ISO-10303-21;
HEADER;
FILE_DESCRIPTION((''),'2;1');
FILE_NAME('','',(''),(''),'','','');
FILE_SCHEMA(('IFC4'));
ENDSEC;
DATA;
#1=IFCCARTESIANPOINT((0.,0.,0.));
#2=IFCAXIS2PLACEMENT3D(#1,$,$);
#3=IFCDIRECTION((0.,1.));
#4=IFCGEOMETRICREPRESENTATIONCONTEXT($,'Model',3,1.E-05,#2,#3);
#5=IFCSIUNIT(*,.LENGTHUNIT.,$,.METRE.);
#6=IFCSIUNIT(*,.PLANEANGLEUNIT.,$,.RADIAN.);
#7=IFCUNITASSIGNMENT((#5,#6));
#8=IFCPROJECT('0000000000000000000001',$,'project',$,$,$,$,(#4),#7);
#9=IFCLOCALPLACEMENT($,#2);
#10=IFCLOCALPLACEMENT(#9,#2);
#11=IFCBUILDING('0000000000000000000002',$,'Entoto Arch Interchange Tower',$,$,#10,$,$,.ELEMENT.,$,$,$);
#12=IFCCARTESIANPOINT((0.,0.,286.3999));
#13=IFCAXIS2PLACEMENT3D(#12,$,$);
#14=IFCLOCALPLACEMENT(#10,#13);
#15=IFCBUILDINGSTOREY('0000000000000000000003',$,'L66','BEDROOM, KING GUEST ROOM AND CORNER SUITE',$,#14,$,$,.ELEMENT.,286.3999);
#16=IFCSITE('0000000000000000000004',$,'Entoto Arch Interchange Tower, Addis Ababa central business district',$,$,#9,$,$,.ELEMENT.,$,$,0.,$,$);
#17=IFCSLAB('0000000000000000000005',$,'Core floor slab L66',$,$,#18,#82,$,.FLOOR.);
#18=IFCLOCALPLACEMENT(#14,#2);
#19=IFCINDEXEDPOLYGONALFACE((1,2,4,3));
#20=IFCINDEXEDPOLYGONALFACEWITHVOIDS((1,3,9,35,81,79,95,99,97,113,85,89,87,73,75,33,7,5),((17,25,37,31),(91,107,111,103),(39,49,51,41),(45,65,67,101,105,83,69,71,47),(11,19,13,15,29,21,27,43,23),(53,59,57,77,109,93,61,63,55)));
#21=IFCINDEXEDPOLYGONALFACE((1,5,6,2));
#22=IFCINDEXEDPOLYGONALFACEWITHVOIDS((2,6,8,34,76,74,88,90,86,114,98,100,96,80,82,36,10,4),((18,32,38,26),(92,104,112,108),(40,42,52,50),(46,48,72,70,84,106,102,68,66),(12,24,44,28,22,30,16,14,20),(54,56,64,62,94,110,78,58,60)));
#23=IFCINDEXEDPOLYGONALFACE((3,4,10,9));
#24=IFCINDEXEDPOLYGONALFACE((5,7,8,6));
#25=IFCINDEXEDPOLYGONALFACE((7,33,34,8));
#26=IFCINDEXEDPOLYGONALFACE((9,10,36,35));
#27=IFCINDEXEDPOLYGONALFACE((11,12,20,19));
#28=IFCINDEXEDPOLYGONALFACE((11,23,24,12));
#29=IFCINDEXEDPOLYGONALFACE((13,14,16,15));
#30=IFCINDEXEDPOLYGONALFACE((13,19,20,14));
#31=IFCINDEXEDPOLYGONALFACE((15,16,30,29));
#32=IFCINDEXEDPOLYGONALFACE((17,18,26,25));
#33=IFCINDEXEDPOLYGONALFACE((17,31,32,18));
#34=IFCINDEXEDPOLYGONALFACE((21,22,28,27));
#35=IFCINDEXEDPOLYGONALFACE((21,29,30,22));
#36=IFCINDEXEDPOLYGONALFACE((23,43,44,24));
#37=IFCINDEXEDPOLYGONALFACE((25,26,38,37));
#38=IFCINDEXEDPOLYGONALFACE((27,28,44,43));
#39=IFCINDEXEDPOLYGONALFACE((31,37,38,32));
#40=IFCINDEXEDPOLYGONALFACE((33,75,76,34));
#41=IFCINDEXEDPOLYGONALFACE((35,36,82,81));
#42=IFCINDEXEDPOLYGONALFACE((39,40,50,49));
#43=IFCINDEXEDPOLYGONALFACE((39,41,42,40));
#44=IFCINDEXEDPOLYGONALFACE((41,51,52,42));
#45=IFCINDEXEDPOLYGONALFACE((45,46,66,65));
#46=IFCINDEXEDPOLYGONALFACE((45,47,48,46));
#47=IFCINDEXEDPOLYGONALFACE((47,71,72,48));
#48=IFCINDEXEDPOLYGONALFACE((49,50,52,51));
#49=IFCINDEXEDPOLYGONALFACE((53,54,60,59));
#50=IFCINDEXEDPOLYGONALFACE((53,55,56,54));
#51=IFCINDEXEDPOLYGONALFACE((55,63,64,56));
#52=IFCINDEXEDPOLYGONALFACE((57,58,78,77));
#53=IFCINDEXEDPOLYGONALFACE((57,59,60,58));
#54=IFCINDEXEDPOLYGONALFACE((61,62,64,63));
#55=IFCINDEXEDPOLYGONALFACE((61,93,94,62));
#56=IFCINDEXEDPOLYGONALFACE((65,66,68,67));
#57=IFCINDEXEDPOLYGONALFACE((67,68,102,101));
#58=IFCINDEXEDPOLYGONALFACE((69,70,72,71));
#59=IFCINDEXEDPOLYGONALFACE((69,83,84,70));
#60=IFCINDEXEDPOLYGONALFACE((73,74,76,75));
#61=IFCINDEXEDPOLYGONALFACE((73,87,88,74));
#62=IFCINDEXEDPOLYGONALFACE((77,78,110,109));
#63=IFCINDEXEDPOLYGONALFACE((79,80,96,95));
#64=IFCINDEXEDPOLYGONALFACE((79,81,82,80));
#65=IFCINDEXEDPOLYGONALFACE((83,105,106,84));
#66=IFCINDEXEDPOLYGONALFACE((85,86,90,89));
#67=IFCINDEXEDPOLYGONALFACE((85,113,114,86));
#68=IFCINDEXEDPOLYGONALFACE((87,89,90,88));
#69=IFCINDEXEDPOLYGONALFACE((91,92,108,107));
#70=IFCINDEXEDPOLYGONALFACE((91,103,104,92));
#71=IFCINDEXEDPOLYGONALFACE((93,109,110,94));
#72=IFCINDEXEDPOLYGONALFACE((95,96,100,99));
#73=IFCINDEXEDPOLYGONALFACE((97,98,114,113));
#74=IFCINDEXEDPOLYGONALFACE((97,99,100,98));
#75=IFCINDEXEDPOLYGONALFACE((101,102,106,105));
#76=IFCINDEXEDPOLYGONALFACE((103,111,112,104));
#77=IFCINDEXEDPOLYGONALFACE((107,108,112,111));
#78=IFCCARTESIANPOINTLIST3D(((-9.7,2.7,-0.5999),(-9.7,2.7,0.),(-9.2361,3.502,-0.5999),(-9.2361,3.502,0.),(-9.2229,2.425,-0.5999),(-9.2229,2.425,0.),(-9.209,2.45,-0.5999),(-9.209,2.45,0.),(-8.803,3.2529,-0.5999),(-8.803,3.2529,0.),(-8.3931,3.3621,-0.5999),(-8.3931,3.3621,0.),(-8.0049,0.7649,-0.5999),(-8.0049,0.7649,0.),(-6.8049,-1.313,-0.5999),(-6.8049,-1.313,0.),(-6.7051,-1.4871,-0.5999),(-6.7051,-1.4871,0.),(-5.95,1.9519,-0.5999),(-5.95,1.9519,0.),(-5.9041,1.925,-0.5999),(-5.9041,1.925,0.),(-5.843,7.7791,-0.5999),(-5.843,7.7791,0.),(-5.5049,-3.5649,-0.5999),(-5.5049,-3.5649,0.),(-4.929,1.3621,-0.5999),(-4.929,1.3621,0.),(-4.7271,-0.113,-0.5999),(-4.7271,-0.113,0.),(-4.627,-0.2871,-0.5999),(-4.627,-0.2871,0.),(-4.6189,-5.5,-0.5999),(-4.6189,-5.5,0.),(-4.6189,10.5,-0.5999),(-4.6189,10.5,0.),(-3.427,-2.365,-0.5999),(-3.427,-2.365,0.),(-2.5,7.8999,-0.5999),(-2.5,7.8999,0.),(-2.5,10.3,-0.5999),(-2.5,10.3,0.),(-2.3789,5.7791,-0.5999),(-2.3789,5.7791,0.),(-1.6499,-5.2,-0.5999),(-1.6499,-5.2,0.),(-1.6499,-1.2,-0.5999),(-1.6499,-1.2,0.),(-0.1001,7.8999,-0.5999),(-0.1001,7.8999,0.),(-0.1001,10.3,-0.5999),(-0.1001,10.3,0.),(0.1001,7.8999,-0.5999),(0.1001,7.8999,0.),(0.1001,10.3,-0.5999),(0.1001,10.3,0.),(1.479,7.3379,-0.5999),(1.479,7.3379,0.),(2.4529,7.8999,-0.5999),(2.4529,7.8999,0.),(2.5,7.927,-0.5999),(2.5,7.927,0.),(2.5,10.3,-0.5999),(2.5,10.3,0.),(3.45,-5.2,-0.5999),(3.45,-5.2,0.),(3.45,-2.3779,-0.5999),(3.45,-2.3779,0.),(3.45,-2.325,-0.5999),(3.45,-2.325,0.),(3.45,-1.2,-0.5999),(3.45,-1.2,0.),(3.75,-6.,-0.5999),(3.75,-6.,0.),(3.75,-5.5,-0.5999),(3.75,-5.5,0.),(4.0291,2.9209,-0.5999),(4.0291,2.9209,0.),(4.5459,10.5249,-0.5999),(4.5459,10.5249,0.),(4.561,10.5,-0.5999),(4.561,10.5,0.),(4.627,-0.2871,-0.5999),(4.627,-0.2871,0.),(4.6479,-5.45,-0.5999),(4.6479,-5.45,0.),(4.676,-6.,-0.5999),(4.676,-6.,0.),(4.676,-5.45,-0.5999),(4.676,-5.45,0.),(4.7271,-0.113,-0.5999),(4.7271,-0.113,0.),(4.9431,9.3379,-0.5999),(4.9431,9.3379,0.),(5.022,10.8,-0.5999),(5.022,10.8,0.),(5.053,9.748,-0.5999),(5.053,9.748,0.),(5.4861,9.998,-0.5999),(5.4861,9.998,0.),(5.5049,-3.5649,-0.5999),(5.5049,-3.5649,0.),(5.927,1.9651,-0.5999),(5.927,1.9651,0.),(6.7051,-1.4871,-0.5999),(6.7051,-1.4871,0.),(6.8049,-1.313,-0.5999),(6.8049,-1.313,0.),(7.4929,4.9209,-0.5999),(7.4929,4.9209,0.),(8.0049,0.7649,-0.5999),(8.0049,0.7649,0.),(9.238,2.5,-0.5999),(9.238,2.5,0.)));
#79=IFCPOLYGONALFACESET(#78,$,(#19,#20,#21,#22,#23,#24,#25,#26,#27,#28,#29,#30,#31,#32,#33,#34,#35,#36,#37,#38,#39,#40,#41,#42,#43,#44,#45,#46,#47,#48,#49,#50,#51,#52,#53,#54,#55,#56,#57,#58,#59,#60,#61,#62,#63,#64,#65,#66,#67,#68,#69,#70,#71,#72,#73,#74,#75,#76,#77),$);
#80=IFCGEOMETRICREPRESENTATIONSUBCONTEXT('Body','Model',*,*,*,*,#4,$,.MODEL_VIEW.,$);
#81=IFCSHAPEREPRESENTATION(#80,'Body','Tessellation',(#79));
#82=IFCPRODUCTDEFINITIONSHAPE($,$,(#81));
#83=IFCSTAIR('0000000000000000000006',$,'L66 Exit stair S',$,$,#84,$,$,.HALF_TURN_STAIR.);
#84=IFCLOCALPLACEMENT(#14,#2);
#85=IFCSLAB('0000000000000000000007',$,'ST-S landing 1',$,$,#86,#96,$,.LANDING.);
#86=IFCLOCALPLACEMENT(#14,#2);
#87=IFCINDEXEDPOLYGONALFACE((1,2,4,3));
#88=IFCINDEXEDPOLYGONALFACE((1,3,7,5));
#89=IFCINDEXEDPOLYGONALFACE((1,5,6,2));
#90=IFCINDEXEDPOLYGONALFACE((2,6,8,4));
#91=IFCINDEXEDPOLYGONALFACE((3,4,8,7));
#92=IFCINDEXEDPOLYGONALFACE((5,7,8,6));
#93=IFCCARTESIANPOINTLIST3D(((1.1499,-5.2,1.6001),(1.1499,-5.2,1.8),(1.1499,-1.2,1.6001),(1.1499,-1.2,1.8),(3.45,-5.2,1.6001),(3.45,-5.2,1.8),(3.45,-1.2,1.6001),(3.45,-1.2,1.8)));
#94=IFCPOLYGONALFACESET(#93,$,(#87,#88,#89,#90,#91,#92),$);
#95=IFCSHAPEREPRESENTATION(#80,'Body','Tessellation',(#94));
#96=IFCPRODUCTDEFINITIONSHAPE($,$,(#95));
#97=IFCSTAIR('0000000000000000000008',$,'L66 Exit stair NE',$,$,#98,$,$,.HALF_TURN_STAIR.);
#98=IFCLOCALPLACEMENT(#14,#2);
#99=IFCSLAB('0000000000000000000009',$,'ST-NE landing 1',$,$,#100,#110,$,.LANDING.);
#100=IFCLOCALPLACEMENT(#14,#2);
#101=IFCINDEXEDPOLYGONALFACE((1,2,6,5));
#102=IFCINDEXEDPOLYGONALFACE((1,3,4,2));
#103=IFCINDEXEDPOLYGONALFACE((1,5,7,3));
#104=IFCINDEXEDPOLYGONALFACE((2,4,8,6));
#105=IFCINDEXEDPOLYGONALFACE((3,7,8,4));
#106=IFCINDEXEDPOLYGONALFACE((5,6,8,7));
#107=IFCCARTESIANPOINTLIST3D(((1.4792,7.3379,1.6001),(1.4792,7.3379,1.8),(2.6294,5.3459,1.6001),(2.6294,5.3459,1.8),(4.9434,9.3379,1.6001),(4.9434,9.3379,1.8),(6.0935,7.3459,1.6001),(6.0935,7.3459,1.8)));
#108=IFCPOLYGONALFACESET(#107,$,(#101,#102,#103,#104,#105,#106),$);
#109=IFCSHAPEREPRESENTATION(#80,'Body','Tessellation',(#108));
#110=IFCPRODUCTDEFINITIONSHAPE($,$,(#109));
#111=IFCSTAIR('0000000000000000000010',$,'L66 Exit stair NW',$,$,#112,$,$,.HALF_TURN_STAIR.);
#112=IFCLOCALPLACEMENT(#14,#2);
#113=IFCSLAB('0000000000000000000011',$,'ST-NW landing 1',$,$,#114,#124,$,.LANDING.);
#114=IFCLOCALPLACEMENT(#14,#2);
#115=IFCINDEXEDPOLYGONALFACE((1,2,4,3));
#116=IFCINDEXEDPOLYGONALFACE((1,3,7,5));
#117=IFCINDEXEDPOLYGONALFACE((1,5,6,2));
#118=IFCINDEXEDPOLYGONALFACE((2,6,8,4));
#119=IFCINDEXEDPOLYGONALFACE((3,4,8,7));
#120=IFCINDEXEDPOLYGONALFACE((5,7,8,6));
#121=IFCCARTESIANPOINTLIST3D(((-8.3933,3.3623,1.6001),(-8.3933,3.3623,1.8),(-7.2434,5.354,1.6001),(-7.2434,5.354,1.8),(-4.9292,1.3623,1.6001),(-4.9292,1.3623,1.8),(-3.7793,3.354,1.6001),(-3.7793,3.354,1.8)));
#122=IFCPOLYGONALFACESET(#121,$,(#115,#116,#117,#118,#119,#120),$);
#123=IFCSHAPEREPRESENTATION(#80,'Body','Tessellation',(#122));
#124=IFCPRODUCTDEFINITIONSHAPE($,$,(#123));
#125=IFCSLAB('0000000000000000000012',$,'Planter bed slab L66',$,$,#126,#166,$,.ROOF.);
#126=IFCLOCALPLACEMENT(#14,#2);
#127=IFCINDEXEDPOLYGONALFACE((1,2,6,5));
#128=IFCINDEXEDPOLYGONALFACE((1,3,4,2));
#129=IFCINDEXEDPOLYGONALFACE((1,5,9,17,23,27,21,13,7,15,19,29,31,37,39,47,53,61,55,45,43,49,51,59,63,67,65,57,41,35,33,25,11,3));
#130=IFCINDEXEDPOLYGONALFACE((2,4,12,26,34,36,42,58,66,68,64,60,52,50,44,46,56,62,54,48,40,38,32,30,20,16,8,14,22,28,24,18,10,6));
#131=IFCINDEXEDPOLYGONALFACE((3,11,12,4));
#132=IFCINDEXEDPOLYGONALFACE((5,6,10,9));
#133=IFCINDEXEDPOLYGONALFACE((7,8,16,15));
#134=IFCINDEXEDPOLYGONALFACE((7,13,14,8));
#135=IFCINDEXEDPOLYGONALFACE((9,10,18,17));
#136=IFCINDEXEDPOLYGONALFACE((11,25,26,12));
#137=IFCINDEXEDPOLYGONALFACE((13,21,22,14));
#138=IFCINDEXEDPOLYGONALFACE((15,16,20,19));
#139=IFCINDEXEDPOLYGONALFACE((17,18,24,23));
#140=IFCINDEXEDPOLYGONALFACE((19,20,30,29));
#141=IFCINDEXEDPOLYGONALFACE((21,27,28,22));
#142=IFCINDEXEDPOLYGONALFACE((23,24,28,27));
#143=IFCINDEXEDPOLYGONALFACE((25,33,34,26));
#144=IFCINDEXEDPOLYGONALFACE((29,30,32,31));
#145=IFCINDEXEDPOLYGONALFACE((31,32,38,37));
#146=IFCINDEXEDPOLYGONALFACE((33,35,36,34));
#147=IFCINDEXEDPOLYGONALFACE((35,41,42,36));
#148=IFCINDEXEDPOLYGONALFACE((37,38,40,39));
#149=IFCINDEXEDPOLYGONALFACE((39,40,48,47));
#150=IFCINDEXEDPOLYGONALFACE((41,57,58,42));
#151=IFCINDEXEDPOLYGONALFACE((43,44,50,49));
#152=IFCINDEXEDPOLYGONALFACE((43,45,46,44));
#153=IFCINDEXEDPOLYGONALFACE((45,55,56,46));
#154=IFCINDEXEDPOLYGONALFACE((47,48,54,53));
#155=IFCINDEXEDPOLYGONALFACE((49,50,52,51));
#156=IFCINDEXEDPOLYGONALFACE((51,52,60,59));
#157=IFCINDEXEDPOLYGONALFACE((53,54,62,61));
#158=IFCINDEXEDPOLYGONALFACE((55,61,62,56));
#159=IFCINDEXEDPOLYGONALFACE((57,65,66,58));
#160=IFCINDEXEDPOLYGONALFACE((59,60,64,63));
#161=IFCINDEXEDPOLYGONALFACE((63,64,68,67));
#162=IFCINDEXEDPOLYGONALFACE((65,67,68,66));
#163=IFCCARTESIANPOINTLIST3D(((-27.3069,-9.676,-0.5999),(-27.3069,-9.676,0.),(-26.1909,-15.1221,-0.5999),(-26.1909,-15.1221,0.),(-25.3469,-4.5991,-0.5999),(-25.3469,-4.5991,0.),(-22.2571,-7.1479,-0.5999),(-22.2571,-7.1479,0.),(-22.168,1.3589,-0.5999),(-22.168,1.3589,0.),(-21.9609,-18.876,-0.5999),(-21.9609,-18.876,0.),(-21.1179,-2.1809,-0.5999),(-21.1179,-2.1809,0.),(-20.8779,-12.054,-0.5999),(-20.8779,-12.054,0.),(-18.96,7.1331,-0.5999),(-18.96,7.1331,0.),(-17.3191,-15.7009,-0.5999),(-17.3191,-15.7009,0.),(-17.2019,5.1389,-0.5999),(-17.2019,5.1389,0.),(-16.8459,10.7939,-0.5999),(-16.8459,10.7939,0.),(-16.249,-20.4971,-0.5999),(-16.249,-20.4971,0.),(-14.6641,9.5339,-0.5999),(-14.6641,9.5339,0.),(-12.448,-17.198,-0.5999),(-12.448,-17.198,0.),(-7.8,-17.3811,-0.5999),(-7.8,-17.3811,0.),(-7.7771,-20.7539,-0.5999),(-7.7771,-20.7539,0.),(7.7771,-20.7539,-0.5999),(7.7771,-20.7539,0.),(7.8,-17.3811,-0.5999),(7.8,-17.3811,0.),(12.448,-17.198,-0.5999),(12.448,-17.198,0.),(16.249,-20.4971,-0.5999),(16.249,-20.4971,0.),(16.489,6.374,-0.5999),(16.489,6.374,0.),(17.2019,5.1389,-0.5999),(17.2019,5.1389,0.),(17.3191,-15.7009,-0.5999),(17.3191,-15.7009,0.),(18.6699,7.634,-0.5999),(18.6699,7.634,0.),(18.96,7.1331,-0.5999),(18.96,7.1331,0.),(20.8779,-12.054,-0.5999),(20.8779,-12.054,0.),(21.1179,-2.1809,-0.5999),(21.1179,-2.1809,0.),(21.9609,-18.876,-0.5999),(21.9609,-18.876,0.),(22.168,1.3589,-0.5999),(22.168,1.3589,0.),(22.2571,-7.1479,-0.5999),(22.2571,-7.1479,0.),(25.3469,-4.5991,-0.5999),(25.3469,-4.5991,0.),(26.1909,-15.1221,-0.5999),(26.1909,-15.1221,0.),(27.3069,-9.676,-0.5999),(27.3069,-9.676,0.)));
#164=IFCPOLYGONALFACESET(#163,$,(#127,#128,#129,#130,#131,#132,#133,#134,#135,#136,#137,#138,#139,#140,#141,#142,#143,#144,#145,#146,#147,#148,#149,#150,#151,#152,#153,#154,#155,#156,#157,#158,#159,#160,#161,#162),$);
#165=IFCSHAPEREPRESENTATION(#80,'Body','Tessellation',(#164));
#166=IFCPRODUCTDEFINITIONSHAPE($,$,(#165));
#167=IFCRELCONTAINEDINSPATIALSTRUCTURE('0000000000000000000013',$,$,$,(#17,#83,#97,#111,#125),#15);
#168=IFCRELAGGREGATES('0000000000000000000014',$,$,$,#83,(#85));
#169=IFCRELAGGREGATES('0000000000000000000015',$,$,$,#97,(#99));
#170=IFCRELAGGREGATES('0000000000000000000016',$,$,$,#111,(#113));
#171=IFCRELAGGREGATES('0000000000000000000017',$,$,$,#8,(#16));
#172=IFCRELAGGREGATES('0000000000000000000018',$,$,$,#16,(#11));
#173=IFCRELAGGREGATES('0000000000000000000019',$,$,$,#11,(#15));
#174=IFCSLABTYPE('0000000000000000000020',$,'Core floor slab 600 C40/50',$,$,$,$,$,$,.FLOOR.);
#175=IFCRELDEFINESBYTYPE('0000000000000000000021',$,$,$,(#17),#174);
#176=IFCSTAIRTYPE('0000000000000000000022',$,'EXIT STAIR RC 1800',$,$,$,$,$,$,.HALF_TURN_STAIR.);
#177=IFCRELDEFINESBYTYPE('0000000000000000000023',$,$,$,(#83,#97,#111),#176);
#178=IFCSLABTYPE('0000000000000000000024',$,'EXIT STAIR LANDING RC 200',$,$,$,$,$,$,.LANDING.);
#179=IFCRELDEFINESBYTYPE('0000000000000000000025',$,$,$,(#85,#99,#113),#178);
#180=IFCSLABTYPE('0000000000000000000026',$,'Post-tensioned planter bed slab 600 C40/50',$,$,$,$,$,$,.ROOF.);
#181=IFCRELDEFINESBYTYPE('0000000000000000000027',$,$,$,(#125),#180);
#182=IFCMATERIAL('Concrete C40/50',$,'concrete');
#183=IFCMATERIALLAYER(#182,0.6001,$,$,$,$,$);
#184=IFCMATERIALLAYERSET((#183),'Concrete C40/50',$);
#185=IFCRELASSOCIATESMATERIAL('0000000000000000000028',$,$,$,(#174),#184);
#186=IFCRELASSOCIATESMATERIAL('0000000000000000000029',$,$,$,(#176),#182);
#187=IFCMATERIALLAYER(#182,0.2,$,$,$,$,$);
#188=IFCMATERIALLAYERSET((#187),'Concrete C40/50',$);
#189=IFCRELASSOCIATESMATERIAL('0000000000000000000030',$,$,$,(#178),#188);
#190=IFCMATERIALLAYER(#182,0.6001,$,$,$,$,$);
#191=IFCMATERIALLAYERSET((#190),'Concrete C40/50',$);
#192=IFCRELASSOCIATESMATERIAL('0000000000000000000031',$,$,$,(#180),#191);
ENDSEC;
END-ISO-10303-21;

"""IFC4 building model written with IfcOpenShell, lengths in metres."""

from ifc_helpers import new_model, si_unit, direction, frame, origin, place, context, subcontext, project, spatial, polyline, outline, extrude, material, layer, layer_set, type_object, element, aggregate, save


model = new_model("IFC4")

# Units and contexts
model_context = context("Model", 3, precision=1e-05, world=origin(), true_north=direction((0.0, 1.0)))
body_context = subcontext(model_context, "Body", "Model", "MODEL_VIEW")
ifc_project = project(units=[si_unit("LENGTHUNIT", "METRE"), si_unit("PLANEANGLEUNIT", "RADIAN")], contexts=[model_context])

# Site, building, storey
site_placement = place(None, origin())
site = spatial("IfcSite", under=ifc_project, at=site_placement, Name="Entoto Arch Interchange Tower, Addis Ababa central business district", CompositionType="ELEMENT", RefElevation=0.0)
building_placement = place(site_placement, origin())
building = spatial("IfcBuilding", under=site, at=building_placement, Name="Entoto Arch Interchange Tower", CompositionType="ELEMENT")
storey_placement = place(building_placement, frame((0.0, 0.0, 286.3999)))
storey = spatial("IfcBuildingStorey", under=building, at=storey_placement, Name="L66", Description="BEDROOM, KING GUEST ROOM AND CORNER SUITE", CompositionType="ELEMENT", Elevation=286.3999)

# Slab
ifc_material_1 = material(Name="Concrete C40/50", Category="concrete")
ifc_layer_1 = layer(ifc_material_1, 0.6001)
ifc_layer_set_1 = layer_set([ifc_layer_1], Name="Concrete C40/50")
slab_type_1 = type_object("IfcSlabType", Name="Core floor slab 600 C40/50", PredefinedType="FLOOR", material=ifc_layer_set_1)
slab_1_placement = place(storey_placement, frame((0.0, 0.0, -0.5999)))
element("IfcSlab", 1, at=slab_1_placement, inside=storey, type_object=slab_type_1, Name="Core floor slab L66", PredefinedType="FLOOR", context=body_context, shape_type="SweptSolid", body=[
    extrude(outline(polyline([(-9.209, 2.45), (-9.2229, 2.425), (-9.7, 2.7), (-9.2361, 3.502), (-8.803, 3.2529), (-4.6189, 10.5), (4.561, 10.5), (4.5459, 10.5249), (5.022, 10.8), (5.4861, 9.998), (5.053, 9.748), (9.238, 2.5), (4.6479, -5.45), (4.676, -5.45), (4.676, -6.0), (3.75, -6.0), (3.75, -5.5), (-4.6189, -5.5), (-9.209, 2.45)]), holes=[polyline([(-1.6499, -5.2), (3.45, -5.2), (3.45, -2.3779), (5.5049, -3.5649), (6.7051, -1.4871), (4.627, -0.2871), (3.45, -2.325), (3.45, -1.2), (-1.6499, -1.2), (-1.6499, -5.2)]), polyline([(-4.627, -0.2871), (-6.7051, -1.4871), (-5.5049, -3.5649), (-3.427, -2.365), (-4.627, -0.2871)]), polyline([(-5.9041, 1.925), (-4.929, 1.3621), (-2.3789, 5.7791), (-5.843, 7.7791), (-8.3931, 3.3621), (-5.95, 1.9519), (-8.0049, 0.7649), (-6.8049, -1.313), (-4.7271, -0.113), (-5.9041, 1.925)]), polyline([(4.7271, -0.113), (6.8049, -1.313), (8.0049, 0.7649), (5.927, 1.9651), (4.7271, -0.113)]), polyline([(2.5, 7.927), (2.5, 10.3), (0.1001, 10.3), (0.1001, 7.8999), (2.4529, 7.8999), (1.479, 7.3379), (4.0291, 2.9209), (7.4929, 4.9209), (4.9431, 9.3379), (2.5, 7.927)]), polyline([(-2.5, 7.8999), (-0.1001, 7.8999), (-0.1001, 10.3), (-2.5, 10.3), (-2.5, 7.8999)])]), origin(), (0.0, 0.0, 1.0), 0.5999),
])

# Stairs, slabs
stair_type = type_object("IfcStairType", Name="EXIT STAIR RC 1800", PredefinedType="HALF_TURN_STAIR", material=ifc_material_1)
stair_1_placement = place(storey_placement, origin())
stair_1 = element("IfcStair", 2, at=stair_1_placement, inside=storey, type_object=stair_type, Name="L66 Exit stair S", PredefinedType="HALF_TURN_STAIR")
ifc_layer_2 = layer(ifc_material_1, 0.2)
ifc_layer_set_2 = layer_set([ifc_layer_2], Name="Concrete C40/50")
slab_type_2 = type_object("IfcSlabType", Name="EXIT STAIR LANDING RC 200", PredefinedType="LANDING", material=ifc_layer_set_2)
slab_2_placement = place(storey_placement, frame((0.0, 0.0, 1.6001)))
slab_2 = element("IfcSlab", 3, at=slab_2_placement, type_object=slab_type_2, Name="ST-S landing 1", PredefinedType="LANDING", context=body_context, shape_type="SweptSolid", body=[
    extrude(outline(polyline([(1.1499, -5.2), (3.45, -5.2), (3.45, -1.2), (1.1499, -1.2), (1.1499, -5.2)])), origin(), (0.0, 0.0, 1.0), 0.2),
])
aggregate(stair_1, [slab_2])
stair_2_placement = place(storey_placement, origin())
stair_2 = element("IfcStair", 4, at=stair_2_placement, inside=storey, type_object=stair_type, Name="L66 Exit stair NE", PredefinedType="HALF_TURN_STAIR")
slab_3_placement = place(storey_placement, frame((0.0, 0.0, 1.6001)))
slab_3 = element("IfcSlab", 5, at=slab_3_placement, type_object=slab_type_2, Name="ST-NE landing 1", PredefinedType="LANDING", context=body_context, shape_type="SweptSolid", body=[
    extrude(outline(polyline([(6.0935, 7.3459), (4.9434, 9.3379), (1.4792, 7.3379), (2.6294, 5.3459), (6.0935, 7.3459)])), origin(), (0.0, 0.0, 1.0), 0.2),
])
aggregate(stair_2, [slab_3])
stair_3_placement = place(storey_placement, origin())
stair_3 = element("IfcStair", 6, at=stair_3_placement, inside=storey, type_object=stair_type, Name="L66 Exit stair NW", PredefinedType="HALF_TURN_STAIR")
slab_4_placement = place(storey_placement, frame((0.0, 0.0, 1.6001)))
slab_4 = element("IfcSlab", 7, at=slab_4_placement, type_object=slab_type_2, Name="ST-NW landing 1", PredefinedType="LANDING", context=body_context, shape_type="SweptSolid", body=[
    extrude(outline(polyline([(-7.2434, 5.354), (-8.3933, 3.3623), (-4.9292, 1.3623), (-3.7793, 3.354), (-7.2434, 5.354)])), origin(), (0.0, 0.0, 1.0), 0.2),
])

# Slab
ifc_layer_3 = layer(ifc_material_1, 0.6001)
ifc_layer_set_3 = layer_set([ifc_layer_3], Name="Concrete C40/50")
slab_type_3 = type_object("IfcSlabType", Name="Post-tensioned planter bed slab 600 C40/50", PredefinedType="ROOF", material=ifc_layer_set_3)
slab_5_placement = place(storey_placement, frame((0.0, 0.0, -0.5999)))
element("IfcSlab", 8, at=slab_5_placement, inside=storey, type_object=slab_type_3, Name="Planter bed slab L66", PredefinedType="ROOF", context=body_context, shape_type="SweptSolid", body=[
    extrude(outline(polyline([(7.8, -17.3811), (-7.8, -17.3811), (-12.448, -17.198), (-17.3191, -15.7009), (-20.8779, -12.054), (-22.2571, -7.1479), (-21.1179, -2.1809), (-17.2019, 5.1389), (-14.6641, 9.5339), (-16.8459, 10.7939), (-18.96, 7.1331), (-22.168, 1.3589), (-25.3469, -4.5991), (-27.3069, -9.676), (-26.1909, -15.1221), (-21.9609, -18.876), (-16.249, -20.4971), (-7.7771, -20.7539), (7.7771, -20.7539), (16.249, -20.4971), (21.9609, -18.876), (26.1909, -15.1221), (27.3069, -9.676), (25.3469, -4.5991), (22.168, 1.3589), (18.96, 7.1331), (18.6699, 7.634), (16.489, 6.374), (17.2019, 5.1389), (21.1179, -2.1809), (22.2571, -7.1479), (20.8779, -12.054), (17.3191, -15.7009), (12.448, -17.198), (7.8, -17.3811)])), origin(), (0.0, 0.0, 1.0), 0.5999),
])

aggregate(stair_3, [slab_4])

save(model, "model.ifc")
